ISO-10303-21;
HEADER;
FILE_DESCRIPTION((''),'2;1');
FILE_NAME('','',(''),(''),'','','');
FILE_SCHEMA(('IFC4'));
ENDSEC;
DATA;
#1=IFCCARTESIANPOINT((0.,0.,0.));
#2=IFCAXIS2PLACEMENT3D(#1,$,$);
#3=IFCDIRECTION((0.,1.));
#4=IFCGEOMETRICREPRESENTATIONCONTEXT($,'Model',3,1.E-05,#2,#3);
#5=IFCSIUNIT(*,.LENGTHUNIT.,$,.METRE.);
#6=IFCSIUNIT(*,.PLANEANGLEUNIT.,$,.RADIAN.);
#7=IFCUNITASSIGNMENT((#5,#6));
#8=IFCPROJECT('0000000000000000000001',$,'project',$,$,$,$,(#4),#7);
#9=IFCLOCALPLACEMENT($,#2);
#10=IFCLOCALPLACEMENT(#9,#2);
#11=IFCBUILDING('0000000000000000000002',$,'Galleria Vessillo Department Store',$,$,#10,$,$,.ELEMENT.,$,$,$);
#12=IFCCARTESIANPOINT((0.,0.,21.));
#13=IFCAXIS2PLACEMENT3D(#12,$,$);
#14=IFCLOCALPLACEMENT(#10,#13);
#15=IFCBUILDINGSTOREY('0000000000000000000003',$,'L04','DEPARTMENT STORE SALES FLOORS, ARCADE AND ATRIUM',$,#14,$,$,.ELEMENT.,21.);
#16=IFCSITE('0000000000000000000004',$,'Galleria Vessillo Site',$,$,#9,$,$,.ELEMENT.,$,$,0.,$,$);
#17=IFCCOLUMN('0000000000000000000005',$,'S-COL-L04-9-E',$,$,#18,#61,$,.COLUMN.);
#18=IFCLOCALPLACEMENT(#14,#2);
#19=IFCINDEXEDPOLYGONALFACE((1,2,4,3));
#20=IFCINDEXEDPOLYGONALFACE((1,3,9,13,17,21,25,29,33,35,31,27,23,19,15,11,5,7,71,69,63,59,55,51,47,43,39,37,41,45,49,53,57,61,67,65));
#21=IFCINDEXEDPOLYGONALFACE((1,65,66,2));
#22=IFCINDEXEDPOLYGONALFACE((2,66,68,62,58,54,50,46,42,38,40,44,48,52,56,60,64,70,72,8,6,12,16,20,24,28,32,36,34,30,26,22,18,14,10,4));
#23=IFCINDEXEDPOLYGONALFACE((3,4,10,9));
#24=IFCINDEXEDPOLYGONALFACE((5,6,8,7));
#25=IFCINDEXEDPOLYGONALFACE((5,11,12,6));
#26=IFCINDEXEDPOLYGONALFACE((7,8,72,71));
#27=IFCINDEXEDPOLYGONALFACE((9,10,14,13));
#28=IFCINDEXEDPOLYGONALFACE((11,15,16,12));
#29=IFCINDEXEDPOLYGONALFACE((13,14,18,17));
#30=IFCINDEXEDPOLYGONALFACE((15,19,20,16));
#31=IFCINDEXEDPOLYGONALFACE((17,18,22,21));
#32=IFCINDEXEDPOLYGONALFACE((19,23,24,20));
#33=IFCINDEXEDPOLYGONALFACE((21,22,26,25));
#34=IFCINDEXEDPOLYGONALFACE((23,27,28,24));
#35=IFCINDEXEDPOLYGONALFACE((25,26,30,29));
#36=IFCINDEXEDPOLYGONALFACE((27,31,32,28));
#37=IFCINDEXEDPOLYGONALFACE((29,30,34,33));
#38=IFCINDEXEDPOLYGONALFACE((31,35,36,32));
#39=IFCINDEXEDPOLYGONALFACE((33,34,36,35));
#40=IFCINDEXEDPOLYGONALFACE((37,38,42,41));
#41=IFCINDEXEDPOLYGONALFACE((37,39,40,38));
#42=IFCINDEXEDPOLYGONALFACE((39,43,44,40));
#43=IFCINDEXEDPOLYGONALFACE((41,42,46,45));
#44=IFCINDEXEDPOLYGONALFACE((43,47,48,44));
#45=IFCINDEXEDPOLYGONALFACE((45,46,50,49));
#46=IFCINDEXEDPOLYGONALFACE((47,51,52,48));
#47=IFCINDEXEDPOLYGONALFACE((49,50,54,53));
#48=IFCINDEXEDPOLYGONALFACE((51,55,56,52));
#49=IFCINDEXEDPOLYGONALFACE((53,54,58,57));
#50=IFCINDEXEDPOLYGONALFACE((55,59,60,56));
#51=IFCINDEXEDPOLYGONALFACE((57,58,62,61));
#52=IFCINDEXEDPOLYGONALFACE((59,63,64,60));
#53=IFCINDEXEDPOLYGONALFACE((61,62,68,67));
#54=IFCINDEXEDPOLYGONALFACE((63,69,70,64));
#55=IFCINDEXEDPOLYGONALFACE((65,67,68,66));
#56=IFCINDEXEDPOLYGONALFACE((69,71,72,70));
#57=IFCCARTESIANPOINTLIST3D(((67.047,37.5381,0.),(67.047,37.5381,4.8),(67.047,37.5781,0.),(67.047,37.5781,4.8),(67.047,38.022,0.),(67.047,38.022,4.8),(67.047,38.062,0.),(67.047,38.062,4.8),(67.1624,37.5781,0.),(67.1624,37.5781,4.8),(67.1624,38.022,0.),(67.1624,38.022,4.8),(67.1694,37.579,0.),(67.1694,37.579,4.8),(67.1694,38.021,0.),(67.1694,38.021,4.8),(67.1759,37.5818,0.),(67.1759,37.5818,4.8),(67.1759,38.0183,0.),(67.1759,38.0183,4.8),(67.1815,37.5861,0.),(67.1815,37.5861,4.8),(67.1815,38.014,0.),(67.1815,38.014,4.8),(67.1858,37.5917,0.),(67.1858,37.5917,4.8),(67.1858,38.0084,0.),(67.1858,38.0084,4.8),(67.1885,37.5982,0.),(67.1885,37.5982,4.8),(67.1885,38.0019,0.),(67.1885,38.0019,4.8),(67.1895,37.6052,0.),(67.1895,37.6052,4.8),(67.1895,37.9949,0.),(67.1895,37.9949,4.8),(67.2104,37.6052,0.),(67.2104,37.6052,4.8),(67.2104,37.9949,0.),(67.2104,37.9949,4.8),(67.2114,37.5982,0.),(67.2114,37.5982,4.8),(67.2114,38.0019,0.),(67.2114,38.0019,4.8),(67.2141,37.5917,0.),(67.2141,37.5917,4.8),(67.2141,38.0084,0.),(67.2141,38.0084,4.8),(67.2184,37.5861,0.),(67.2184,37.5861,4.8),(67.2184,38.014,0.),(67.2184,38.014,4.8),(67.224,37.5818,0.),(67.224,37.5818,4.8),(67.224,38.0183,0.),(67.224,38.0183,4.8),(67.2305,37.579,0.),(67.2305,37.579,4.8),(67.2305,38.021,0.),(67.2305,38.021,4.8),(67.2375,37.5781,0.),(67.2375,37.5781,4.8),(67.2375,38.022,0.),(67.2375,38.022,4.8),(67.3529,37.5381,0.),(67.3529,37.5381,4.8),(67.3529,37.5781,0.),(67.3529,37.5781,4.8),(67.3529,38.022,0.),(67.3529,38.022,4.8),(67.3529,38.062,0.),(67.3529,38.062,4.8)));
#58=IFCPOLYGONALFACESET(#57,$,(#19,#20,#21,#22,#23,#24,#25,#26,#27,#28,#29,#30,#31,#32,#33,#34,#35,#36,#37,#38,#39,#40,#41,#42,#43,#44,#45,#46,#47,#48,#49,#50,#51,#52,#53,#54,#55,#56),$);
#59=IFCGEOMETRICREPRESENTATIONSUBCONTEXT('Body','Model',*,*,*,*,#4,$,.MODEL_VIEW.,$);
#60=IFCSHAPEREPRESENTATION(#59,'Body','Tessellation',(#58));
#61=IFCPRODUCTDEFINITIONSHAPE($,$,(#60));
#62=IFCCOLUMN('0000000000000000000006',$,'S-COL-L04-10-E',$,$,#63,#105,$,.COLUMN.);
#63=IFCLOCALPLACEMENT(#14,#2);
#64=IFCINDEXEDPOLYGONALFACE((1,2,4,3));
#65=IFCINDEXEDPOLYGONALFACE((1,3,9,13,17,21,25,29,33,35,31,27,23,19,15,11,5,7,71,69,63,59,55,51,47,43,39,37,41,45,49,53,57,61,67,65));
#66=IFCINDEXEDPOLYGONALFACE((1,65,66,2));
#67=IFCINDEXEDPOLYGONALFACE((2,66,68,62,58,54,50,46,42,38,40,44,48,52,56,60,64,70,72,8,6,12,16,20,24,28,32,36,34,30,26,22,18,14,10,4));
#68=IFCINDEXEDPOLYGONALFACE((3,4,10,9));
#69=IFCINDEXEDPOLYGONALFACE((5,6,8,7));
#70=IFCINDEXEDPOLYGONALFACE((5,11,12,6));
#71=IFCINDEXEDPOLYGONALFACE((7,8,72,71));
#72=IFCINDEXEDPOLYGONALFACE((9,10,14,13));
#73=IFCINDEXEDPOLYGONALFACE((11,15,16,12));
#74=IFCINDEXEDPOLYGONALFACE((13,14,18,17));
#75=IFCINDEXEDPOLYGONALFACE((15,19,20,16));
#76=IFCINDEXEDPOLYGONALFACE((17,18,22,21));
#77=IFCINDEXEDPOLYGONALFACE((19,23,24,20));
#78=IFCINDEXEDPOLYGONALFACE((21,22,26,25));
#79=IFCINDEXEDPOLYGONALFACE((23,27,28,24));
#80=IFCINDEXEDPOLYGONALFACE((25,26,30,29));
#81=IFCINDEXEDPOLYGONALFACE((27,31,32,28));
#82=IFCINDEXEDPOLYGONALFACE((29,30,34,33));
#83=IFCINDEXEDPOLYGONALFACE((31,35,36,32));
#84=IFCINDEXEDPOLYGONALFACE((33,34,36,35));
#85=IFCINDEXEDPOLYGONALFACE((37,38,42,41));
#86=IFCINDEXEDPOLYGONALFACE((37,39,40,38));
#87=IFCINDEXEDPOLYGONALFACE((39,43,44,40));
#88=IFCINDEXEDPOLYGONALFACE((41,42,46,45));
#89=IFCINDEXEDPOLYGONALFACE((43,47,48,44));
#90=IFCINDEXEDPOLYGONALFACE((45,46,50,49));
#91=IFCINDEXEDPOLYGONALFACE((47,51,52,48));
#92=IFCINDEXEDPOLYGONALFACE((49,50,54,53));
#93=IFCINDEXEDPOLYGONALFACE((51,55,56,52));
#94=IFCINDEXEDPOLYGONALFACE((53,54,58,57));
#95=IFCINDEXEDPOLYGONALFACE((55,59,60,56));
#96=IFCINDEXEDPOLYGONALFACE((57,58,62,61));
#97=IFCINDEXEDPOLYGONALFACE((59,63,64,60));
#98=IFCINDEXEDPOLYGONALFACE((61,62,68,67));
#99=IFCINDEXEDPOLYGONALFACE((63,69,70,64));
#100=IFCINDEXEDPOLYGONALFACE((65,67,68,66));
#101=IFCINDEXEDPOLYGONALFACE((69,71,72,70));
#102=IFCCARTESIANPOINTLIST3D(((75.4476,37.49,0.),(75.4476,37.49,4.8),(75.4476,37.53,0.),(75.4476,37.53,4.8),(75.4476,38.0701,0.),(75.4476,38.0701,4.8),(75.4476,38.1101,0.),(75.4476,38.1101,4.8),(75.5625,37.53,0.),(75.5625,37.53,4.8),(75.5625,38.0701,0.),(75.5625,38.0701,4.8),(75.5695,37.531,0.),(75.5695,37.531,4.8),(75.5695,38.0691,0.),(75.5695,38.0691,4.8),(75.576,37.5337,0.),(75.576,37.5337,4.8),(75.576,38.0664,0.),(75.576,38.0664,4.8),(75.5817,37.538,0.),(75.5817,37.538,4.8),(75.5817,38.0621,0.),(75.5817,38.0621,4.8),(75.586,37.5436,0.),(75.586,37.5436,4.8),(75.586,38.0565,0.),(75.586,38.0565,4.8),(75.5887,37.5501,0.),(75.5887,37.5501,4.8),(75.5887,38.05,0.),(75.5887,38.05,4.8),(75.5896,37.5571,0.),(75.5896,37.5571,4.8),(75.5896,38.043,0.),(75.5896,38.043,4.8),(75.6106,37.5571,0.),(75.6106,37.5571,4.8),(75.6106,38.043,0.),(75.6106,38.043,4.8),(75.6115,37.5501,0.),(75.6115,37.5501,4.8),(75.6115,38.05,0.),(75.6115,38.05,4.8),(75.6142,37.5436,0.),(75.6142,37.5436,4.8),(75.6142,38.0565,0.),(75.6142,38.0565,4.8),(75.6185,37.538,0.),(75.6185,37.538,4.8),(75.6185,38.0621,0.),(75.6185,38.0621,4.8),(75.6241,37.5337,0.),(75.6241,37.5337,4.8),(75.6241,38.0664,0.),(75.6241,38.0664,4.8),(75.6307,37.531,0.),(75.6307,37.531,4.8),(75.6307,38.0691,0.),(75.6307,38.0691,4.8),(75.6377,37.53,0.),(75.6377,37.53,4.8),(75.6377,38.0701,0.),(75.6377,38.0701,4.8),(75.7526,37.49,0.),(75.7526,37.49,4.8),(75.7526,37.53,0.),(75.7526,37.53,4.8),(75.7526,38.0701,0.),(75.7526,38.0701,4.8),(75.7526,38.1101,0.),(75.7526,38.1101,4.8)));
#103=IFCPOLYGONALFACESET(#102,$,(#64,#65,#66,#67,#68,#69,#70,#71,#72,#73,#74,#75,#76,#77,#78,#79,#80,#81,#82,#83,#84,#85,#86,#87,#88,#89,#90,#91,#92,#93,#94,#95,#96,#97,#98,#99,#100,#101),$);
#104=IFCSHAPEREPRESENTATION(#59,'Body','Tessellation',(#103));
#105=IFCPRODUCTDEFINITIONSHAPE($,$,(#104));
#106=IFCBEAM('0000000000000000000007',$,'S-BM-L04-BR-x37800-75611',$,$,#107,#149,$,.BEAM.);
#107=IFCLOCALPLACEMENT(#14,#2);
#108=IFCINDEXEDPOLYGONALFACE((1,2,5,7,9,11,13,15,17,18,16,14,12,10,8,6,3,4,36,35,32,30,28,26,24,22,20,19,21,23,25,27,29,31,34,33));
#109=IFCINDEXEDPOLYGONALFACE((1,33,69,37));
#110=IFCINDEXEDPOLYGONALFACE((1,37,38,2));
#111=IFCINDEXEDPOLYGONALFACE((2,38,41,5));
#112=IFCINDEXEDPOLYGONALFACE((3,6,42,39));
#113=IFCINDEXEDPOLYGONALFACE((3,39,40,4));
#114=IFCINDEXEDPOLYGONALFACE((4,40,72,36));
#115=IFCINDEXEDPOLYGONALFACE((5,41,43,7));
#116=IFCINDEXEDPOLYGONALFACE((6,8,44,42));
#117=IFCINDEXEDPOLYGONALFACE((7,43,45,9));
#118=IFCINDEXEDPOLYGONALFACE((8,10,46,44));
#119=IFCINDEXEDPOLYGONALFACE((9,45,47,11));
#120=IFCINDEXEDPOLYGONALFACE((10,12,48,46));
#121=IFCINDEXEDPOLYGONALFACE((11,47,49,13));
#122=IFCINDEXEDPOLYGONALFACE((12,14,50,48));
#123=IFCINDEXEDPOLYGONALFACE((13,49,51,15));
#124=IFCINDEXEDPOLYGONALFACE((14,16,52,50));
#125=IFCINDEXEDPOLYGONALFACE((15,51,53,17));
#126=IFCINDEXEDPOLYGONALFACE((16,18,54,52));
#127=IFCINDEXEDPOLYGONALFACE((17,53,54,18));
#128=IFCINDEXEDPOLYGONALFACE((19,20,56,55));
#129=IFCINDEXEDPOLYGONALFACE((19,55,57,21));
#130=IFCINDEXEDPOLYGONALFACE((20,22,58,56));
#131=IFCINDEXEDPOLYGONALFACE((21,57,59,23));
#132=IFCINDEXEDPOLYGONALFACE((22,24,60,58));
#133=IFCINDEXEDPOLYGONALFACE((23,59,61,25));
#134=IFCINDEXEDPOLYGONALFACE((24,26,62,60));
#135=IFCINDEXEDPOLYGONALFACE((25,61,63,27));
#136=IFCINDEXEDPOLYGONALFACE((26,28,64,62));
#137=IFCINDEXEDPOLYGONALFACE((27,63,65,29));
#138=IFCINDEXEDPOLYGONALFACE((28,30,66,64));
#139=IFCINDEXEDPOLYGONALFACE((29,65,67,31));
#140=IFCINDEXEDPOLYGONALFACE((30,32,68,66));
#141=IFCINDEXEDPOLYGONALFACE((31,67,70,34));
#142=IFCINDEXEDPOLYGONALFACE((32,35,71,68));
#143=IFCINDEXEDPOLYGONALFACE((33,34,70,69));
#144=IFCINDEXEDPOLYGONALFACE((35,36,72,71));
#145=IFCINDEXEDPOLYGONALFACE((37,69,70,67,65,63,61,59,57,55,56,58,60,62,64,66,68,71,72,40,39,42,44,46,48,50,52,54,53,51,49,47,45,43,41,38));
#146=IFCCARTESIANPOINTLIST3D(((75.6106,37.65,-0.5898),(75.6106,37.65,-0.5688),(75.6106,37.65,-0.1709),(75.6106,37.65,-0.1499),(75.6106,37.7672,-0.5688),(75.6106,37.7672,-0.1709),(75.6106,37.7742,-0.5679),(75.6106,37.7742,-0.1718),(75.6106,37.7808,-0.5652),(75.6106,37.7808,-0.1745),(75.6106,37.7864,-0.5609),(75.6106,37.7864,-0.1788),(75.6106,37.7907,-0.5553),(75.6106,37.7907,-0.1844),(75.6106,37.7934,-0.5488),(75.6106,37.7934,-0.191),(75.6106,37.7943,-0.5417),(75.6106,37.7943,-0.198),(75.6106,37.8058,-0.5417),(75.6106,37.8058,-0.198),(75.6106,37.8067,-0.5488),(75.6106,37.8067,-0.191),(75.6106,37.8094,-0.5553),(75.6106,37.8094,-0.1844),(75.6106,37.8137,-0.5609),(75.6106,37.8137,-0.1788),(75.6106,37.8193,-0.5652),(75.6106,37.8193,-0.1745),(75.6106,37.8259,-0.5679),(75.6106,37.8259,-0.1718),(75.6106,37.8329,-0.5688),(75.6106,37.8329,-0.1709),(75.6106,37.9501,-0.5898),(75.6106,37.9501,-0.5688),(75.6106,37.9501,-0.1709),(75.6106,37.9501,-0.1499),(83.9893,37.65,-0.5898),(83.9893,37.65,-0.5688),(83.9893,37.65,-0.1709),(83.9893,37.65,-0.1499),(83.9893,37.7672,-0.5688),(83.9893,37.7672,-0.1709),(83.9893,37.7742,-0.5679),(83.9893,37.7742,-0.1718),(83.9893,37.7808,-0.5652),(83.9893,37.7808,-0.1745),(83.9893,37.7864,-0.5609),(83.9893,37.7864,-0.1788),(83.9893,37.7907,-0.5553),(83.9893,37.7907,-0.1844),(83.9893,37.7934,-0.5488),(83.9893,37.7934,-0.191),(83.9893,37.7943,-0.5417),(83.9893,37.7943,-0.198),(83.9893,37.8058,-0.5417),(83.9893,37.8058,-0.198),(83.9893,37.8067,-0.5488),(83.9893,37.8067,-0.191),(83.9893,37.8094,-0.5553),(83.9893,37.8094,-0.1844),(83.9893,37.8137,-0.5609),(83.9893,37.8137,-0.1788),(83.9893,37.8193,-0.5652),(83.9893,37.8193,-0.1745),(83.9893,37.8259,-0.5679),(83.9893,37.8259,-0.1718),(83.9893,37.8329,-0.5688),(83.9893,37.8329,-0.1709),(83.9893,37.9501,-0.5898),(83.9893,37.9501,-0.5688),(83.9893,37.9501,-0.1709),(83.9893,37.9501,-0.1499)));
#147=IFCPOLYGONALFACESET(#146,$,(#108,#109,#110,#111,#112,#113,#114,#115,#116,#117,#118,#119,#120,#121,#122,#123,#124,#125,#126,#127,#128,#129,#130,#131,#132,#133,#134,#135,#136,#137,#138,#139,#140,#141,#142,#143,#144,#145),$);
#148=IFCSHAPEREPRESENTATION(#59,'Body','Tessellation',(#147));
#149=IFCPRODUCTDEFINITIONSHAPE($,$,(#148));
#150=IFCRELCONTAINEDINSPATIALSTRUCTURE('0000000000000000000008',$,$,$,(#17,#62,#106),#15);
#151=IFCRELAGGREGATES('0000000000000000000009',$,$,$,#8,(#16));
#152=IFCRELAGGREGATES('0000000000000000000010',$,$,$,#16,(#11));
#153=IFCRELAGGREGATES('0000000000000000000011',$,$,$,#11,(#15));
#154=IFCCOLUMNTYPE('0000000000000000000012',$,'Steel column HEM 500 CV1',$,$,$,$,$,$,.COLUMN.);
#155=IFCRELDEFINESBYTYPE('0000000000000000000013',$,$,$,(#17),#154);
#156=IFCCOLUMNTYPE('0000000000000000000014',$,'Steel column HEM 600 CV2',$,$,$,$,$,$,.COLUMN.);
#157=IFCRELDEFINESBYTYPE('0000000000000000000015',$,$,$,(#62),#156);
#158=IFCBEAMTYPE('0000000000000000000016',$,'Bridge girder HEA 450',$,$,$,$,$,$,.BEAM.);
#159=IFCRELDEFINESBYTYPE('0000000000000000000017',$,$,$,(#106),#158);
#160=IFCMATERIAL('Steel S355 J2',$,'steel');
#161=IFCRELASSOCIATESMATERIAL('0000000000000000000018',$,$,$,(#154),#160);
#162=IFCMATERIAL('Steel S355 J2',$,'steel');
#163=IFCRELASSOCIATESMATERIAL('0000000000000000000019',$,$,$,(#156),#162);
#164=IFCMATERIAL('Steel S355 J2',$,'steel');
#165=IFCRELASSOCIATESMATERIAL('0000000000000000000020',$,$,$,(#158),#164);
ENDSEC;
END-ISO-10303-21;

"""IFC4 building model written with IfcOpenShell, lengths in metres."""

from ifc_helpers import new_model, si_unit, direction, frame, origin, origin_2d, place, context, subcontext, project, spatial, i_section, extrude, material, material_profile, profile_set, type_object, element, save


model = new_model("IFC4")

# Units and contexts
model_context = context("Model", 3, precision=1e-05, world=origin(), true_north=direction((0.0, 1.0)))
body_context = subcontext(model_context, "Body", "Model", "MODEL_VIEW")
ifc_project = project(units=[si_unit("LENGTHUNIT", "METRE"), si_unit("PLANEANGLEUNIT", "RADIAN")], contexts=[model_context])

# Site, building, storey
site_placement = place(None, origin())
site = spatial("IfcSite", under=ifc_project, at=site_placement, Name="Galleria Vessillo Site", CompositionType="ELEMENT", RefElevation=0.0)
building_placement = place(site_placement, origin())
building = spatial("IfcBuilding", under=site, at=building_placement, Name="Galleria Vessillo Department Store", CompositionType="ELEMENT")
storey_placement = place(building_placement, frame((0.0, 0.0, 21.0)))
storey = spatial("IfcBuildingStorey", under=building, at=storey_placement, Name="L04", Description="DEPARTMENT STORE SALES FLOORS, ARCADE AND ATRIUM", CompositionType="ELEMENT", Elevation=21.0)

# Columns
ifc_material_1 = material(Name="Steel S355 J2", Category="steel")
ifc_material_profile_1 = material_profile(ifc_material_1, i_section(OverallWidth=0.3059, OverallDepth=0.5239, WebThickness=0.021, FlangeThickness=0.04, FilletRadius=0.0271, at=origin_2d()), Name="HEM 500")
ifc_profile_set_1 = profile_set([ifc_material_profile_1], Name="Steel S355 J2")
column_type_1 = type_object("IfcColumnType", Name="Steel column HEM 500 CV1", PredefinedType="COLUMN", material=ifc_profile_set_1)
for number, where, z_axis, x_axis, name in (
    (1, (67.2, 37.8, 0.0), (0.0, 0.0, 1.0), (1.0, 0.0, 0.0), "S-COL-L04-9-E"),
):
    element("IfcColumn", number, at=place(storey_placement, frame(where, z_axis=z_axis, x_axis=x_axis)), inside=storey, type_object=column_type_1, Name=name, PredefinedType="COLUMN", context=body_context, shape_type="SweptSolid", body=[
        extrude(i_section(OverallWidth=0.3059, OverallDepth=0.5239, WebThickness=0.021, FlangeThickness=0.04, FilletRadius=0.0271, at=origin_2d()), origin(), (0.0, 0.0, 1.0), 4.8),
    ])
ifc_material_2 = material(Name="Steel S355 J2", Category="steel")
ifc_material_profile_2 = material_profile(ifc_material_2, i_section(OverallWidth=0.3049, OverallDepth=0.6201, WebThickness=0.021, FlangeThickness=0.04, FilletRadius=0.0271, at=origin_2d()), Name="HEM 600")
ifc_profile_set_2 = profile_set([ifc_material_profile_2], Name="Steel S355 J2")
column_type_2 = type_object("IfcColumnType", Name="Steel column HEM 600 CV2", PredefinedType="COLUMN", material=ifc_profile_set_2)
column_placement = place(storey_placement, frame((75.6001, 37.8, 0.0), z_axis=(0.0, 0.0, 1.0), x_axis=(1.0, 0.0, 0.0)))
element("IfcColumn", 2, at=column_placement, inside=storey, type_object=column_type_2, Name="S-COL-L04-10-E", PredefinedType="COLUMN", context=body_context, shape_type="SweptSolid", body=[
    extrude(i_section(OverallWidth=0.3049, OverallDepth=0.6201, WebThickness=0.021, FlangeThickness=0.04, FilletRadius=0.0271, at=origin_2d()), origin(), (0.0, 0.0, 1.0), 4.8),
])

# Beam
ifc_material_3 = material(Name="Steel S355 J2", Category="steel")
ifc_material_profile_3 = material_profile(ifc_material_3, i_section(OverallWidth=0.3, OverallDepth=0.4399, WebThickness=0.0115, FlangeThickness=0.021, FilletRadius=0.0271, at=origin_2d()), Name="HEA 450")
ifc_profile_set_3 = profile_set([ifc_material_profile_3], Name="Steel S355 J2")
beam_type_1 = type_object("IfcBeamType", Name="Bridge girder HEA 450", PredefinedType="BEAM", material=ifc_profile_set_3)
beam_1_placement = place(storey_placement, frame((75.6106, 37.8, -0.3699), z_axis=(1.0, 0.0, 0.0), x_axis=(0.0, 1.0, 0.0)))
element("IfcBeam", 3, at=beam_1_placement, inside=storey, type_object=beam_type_1, Name="S-BM-L04-BR-x37800-75611", PredefinedType="BEAM", context=body_context, shape_type="SweptSolid", body=[
    extrude(i_section(OverallWidth=0.3, OverallDepth=0.4399, WebThickness=0.0115, FlangeThickness=0.021, FilletRadius=0.0271, at=origin_2d()), origin(), (0.0, 0.0, 1.0), 8.3787),
])

save(model, "model.ifc")
